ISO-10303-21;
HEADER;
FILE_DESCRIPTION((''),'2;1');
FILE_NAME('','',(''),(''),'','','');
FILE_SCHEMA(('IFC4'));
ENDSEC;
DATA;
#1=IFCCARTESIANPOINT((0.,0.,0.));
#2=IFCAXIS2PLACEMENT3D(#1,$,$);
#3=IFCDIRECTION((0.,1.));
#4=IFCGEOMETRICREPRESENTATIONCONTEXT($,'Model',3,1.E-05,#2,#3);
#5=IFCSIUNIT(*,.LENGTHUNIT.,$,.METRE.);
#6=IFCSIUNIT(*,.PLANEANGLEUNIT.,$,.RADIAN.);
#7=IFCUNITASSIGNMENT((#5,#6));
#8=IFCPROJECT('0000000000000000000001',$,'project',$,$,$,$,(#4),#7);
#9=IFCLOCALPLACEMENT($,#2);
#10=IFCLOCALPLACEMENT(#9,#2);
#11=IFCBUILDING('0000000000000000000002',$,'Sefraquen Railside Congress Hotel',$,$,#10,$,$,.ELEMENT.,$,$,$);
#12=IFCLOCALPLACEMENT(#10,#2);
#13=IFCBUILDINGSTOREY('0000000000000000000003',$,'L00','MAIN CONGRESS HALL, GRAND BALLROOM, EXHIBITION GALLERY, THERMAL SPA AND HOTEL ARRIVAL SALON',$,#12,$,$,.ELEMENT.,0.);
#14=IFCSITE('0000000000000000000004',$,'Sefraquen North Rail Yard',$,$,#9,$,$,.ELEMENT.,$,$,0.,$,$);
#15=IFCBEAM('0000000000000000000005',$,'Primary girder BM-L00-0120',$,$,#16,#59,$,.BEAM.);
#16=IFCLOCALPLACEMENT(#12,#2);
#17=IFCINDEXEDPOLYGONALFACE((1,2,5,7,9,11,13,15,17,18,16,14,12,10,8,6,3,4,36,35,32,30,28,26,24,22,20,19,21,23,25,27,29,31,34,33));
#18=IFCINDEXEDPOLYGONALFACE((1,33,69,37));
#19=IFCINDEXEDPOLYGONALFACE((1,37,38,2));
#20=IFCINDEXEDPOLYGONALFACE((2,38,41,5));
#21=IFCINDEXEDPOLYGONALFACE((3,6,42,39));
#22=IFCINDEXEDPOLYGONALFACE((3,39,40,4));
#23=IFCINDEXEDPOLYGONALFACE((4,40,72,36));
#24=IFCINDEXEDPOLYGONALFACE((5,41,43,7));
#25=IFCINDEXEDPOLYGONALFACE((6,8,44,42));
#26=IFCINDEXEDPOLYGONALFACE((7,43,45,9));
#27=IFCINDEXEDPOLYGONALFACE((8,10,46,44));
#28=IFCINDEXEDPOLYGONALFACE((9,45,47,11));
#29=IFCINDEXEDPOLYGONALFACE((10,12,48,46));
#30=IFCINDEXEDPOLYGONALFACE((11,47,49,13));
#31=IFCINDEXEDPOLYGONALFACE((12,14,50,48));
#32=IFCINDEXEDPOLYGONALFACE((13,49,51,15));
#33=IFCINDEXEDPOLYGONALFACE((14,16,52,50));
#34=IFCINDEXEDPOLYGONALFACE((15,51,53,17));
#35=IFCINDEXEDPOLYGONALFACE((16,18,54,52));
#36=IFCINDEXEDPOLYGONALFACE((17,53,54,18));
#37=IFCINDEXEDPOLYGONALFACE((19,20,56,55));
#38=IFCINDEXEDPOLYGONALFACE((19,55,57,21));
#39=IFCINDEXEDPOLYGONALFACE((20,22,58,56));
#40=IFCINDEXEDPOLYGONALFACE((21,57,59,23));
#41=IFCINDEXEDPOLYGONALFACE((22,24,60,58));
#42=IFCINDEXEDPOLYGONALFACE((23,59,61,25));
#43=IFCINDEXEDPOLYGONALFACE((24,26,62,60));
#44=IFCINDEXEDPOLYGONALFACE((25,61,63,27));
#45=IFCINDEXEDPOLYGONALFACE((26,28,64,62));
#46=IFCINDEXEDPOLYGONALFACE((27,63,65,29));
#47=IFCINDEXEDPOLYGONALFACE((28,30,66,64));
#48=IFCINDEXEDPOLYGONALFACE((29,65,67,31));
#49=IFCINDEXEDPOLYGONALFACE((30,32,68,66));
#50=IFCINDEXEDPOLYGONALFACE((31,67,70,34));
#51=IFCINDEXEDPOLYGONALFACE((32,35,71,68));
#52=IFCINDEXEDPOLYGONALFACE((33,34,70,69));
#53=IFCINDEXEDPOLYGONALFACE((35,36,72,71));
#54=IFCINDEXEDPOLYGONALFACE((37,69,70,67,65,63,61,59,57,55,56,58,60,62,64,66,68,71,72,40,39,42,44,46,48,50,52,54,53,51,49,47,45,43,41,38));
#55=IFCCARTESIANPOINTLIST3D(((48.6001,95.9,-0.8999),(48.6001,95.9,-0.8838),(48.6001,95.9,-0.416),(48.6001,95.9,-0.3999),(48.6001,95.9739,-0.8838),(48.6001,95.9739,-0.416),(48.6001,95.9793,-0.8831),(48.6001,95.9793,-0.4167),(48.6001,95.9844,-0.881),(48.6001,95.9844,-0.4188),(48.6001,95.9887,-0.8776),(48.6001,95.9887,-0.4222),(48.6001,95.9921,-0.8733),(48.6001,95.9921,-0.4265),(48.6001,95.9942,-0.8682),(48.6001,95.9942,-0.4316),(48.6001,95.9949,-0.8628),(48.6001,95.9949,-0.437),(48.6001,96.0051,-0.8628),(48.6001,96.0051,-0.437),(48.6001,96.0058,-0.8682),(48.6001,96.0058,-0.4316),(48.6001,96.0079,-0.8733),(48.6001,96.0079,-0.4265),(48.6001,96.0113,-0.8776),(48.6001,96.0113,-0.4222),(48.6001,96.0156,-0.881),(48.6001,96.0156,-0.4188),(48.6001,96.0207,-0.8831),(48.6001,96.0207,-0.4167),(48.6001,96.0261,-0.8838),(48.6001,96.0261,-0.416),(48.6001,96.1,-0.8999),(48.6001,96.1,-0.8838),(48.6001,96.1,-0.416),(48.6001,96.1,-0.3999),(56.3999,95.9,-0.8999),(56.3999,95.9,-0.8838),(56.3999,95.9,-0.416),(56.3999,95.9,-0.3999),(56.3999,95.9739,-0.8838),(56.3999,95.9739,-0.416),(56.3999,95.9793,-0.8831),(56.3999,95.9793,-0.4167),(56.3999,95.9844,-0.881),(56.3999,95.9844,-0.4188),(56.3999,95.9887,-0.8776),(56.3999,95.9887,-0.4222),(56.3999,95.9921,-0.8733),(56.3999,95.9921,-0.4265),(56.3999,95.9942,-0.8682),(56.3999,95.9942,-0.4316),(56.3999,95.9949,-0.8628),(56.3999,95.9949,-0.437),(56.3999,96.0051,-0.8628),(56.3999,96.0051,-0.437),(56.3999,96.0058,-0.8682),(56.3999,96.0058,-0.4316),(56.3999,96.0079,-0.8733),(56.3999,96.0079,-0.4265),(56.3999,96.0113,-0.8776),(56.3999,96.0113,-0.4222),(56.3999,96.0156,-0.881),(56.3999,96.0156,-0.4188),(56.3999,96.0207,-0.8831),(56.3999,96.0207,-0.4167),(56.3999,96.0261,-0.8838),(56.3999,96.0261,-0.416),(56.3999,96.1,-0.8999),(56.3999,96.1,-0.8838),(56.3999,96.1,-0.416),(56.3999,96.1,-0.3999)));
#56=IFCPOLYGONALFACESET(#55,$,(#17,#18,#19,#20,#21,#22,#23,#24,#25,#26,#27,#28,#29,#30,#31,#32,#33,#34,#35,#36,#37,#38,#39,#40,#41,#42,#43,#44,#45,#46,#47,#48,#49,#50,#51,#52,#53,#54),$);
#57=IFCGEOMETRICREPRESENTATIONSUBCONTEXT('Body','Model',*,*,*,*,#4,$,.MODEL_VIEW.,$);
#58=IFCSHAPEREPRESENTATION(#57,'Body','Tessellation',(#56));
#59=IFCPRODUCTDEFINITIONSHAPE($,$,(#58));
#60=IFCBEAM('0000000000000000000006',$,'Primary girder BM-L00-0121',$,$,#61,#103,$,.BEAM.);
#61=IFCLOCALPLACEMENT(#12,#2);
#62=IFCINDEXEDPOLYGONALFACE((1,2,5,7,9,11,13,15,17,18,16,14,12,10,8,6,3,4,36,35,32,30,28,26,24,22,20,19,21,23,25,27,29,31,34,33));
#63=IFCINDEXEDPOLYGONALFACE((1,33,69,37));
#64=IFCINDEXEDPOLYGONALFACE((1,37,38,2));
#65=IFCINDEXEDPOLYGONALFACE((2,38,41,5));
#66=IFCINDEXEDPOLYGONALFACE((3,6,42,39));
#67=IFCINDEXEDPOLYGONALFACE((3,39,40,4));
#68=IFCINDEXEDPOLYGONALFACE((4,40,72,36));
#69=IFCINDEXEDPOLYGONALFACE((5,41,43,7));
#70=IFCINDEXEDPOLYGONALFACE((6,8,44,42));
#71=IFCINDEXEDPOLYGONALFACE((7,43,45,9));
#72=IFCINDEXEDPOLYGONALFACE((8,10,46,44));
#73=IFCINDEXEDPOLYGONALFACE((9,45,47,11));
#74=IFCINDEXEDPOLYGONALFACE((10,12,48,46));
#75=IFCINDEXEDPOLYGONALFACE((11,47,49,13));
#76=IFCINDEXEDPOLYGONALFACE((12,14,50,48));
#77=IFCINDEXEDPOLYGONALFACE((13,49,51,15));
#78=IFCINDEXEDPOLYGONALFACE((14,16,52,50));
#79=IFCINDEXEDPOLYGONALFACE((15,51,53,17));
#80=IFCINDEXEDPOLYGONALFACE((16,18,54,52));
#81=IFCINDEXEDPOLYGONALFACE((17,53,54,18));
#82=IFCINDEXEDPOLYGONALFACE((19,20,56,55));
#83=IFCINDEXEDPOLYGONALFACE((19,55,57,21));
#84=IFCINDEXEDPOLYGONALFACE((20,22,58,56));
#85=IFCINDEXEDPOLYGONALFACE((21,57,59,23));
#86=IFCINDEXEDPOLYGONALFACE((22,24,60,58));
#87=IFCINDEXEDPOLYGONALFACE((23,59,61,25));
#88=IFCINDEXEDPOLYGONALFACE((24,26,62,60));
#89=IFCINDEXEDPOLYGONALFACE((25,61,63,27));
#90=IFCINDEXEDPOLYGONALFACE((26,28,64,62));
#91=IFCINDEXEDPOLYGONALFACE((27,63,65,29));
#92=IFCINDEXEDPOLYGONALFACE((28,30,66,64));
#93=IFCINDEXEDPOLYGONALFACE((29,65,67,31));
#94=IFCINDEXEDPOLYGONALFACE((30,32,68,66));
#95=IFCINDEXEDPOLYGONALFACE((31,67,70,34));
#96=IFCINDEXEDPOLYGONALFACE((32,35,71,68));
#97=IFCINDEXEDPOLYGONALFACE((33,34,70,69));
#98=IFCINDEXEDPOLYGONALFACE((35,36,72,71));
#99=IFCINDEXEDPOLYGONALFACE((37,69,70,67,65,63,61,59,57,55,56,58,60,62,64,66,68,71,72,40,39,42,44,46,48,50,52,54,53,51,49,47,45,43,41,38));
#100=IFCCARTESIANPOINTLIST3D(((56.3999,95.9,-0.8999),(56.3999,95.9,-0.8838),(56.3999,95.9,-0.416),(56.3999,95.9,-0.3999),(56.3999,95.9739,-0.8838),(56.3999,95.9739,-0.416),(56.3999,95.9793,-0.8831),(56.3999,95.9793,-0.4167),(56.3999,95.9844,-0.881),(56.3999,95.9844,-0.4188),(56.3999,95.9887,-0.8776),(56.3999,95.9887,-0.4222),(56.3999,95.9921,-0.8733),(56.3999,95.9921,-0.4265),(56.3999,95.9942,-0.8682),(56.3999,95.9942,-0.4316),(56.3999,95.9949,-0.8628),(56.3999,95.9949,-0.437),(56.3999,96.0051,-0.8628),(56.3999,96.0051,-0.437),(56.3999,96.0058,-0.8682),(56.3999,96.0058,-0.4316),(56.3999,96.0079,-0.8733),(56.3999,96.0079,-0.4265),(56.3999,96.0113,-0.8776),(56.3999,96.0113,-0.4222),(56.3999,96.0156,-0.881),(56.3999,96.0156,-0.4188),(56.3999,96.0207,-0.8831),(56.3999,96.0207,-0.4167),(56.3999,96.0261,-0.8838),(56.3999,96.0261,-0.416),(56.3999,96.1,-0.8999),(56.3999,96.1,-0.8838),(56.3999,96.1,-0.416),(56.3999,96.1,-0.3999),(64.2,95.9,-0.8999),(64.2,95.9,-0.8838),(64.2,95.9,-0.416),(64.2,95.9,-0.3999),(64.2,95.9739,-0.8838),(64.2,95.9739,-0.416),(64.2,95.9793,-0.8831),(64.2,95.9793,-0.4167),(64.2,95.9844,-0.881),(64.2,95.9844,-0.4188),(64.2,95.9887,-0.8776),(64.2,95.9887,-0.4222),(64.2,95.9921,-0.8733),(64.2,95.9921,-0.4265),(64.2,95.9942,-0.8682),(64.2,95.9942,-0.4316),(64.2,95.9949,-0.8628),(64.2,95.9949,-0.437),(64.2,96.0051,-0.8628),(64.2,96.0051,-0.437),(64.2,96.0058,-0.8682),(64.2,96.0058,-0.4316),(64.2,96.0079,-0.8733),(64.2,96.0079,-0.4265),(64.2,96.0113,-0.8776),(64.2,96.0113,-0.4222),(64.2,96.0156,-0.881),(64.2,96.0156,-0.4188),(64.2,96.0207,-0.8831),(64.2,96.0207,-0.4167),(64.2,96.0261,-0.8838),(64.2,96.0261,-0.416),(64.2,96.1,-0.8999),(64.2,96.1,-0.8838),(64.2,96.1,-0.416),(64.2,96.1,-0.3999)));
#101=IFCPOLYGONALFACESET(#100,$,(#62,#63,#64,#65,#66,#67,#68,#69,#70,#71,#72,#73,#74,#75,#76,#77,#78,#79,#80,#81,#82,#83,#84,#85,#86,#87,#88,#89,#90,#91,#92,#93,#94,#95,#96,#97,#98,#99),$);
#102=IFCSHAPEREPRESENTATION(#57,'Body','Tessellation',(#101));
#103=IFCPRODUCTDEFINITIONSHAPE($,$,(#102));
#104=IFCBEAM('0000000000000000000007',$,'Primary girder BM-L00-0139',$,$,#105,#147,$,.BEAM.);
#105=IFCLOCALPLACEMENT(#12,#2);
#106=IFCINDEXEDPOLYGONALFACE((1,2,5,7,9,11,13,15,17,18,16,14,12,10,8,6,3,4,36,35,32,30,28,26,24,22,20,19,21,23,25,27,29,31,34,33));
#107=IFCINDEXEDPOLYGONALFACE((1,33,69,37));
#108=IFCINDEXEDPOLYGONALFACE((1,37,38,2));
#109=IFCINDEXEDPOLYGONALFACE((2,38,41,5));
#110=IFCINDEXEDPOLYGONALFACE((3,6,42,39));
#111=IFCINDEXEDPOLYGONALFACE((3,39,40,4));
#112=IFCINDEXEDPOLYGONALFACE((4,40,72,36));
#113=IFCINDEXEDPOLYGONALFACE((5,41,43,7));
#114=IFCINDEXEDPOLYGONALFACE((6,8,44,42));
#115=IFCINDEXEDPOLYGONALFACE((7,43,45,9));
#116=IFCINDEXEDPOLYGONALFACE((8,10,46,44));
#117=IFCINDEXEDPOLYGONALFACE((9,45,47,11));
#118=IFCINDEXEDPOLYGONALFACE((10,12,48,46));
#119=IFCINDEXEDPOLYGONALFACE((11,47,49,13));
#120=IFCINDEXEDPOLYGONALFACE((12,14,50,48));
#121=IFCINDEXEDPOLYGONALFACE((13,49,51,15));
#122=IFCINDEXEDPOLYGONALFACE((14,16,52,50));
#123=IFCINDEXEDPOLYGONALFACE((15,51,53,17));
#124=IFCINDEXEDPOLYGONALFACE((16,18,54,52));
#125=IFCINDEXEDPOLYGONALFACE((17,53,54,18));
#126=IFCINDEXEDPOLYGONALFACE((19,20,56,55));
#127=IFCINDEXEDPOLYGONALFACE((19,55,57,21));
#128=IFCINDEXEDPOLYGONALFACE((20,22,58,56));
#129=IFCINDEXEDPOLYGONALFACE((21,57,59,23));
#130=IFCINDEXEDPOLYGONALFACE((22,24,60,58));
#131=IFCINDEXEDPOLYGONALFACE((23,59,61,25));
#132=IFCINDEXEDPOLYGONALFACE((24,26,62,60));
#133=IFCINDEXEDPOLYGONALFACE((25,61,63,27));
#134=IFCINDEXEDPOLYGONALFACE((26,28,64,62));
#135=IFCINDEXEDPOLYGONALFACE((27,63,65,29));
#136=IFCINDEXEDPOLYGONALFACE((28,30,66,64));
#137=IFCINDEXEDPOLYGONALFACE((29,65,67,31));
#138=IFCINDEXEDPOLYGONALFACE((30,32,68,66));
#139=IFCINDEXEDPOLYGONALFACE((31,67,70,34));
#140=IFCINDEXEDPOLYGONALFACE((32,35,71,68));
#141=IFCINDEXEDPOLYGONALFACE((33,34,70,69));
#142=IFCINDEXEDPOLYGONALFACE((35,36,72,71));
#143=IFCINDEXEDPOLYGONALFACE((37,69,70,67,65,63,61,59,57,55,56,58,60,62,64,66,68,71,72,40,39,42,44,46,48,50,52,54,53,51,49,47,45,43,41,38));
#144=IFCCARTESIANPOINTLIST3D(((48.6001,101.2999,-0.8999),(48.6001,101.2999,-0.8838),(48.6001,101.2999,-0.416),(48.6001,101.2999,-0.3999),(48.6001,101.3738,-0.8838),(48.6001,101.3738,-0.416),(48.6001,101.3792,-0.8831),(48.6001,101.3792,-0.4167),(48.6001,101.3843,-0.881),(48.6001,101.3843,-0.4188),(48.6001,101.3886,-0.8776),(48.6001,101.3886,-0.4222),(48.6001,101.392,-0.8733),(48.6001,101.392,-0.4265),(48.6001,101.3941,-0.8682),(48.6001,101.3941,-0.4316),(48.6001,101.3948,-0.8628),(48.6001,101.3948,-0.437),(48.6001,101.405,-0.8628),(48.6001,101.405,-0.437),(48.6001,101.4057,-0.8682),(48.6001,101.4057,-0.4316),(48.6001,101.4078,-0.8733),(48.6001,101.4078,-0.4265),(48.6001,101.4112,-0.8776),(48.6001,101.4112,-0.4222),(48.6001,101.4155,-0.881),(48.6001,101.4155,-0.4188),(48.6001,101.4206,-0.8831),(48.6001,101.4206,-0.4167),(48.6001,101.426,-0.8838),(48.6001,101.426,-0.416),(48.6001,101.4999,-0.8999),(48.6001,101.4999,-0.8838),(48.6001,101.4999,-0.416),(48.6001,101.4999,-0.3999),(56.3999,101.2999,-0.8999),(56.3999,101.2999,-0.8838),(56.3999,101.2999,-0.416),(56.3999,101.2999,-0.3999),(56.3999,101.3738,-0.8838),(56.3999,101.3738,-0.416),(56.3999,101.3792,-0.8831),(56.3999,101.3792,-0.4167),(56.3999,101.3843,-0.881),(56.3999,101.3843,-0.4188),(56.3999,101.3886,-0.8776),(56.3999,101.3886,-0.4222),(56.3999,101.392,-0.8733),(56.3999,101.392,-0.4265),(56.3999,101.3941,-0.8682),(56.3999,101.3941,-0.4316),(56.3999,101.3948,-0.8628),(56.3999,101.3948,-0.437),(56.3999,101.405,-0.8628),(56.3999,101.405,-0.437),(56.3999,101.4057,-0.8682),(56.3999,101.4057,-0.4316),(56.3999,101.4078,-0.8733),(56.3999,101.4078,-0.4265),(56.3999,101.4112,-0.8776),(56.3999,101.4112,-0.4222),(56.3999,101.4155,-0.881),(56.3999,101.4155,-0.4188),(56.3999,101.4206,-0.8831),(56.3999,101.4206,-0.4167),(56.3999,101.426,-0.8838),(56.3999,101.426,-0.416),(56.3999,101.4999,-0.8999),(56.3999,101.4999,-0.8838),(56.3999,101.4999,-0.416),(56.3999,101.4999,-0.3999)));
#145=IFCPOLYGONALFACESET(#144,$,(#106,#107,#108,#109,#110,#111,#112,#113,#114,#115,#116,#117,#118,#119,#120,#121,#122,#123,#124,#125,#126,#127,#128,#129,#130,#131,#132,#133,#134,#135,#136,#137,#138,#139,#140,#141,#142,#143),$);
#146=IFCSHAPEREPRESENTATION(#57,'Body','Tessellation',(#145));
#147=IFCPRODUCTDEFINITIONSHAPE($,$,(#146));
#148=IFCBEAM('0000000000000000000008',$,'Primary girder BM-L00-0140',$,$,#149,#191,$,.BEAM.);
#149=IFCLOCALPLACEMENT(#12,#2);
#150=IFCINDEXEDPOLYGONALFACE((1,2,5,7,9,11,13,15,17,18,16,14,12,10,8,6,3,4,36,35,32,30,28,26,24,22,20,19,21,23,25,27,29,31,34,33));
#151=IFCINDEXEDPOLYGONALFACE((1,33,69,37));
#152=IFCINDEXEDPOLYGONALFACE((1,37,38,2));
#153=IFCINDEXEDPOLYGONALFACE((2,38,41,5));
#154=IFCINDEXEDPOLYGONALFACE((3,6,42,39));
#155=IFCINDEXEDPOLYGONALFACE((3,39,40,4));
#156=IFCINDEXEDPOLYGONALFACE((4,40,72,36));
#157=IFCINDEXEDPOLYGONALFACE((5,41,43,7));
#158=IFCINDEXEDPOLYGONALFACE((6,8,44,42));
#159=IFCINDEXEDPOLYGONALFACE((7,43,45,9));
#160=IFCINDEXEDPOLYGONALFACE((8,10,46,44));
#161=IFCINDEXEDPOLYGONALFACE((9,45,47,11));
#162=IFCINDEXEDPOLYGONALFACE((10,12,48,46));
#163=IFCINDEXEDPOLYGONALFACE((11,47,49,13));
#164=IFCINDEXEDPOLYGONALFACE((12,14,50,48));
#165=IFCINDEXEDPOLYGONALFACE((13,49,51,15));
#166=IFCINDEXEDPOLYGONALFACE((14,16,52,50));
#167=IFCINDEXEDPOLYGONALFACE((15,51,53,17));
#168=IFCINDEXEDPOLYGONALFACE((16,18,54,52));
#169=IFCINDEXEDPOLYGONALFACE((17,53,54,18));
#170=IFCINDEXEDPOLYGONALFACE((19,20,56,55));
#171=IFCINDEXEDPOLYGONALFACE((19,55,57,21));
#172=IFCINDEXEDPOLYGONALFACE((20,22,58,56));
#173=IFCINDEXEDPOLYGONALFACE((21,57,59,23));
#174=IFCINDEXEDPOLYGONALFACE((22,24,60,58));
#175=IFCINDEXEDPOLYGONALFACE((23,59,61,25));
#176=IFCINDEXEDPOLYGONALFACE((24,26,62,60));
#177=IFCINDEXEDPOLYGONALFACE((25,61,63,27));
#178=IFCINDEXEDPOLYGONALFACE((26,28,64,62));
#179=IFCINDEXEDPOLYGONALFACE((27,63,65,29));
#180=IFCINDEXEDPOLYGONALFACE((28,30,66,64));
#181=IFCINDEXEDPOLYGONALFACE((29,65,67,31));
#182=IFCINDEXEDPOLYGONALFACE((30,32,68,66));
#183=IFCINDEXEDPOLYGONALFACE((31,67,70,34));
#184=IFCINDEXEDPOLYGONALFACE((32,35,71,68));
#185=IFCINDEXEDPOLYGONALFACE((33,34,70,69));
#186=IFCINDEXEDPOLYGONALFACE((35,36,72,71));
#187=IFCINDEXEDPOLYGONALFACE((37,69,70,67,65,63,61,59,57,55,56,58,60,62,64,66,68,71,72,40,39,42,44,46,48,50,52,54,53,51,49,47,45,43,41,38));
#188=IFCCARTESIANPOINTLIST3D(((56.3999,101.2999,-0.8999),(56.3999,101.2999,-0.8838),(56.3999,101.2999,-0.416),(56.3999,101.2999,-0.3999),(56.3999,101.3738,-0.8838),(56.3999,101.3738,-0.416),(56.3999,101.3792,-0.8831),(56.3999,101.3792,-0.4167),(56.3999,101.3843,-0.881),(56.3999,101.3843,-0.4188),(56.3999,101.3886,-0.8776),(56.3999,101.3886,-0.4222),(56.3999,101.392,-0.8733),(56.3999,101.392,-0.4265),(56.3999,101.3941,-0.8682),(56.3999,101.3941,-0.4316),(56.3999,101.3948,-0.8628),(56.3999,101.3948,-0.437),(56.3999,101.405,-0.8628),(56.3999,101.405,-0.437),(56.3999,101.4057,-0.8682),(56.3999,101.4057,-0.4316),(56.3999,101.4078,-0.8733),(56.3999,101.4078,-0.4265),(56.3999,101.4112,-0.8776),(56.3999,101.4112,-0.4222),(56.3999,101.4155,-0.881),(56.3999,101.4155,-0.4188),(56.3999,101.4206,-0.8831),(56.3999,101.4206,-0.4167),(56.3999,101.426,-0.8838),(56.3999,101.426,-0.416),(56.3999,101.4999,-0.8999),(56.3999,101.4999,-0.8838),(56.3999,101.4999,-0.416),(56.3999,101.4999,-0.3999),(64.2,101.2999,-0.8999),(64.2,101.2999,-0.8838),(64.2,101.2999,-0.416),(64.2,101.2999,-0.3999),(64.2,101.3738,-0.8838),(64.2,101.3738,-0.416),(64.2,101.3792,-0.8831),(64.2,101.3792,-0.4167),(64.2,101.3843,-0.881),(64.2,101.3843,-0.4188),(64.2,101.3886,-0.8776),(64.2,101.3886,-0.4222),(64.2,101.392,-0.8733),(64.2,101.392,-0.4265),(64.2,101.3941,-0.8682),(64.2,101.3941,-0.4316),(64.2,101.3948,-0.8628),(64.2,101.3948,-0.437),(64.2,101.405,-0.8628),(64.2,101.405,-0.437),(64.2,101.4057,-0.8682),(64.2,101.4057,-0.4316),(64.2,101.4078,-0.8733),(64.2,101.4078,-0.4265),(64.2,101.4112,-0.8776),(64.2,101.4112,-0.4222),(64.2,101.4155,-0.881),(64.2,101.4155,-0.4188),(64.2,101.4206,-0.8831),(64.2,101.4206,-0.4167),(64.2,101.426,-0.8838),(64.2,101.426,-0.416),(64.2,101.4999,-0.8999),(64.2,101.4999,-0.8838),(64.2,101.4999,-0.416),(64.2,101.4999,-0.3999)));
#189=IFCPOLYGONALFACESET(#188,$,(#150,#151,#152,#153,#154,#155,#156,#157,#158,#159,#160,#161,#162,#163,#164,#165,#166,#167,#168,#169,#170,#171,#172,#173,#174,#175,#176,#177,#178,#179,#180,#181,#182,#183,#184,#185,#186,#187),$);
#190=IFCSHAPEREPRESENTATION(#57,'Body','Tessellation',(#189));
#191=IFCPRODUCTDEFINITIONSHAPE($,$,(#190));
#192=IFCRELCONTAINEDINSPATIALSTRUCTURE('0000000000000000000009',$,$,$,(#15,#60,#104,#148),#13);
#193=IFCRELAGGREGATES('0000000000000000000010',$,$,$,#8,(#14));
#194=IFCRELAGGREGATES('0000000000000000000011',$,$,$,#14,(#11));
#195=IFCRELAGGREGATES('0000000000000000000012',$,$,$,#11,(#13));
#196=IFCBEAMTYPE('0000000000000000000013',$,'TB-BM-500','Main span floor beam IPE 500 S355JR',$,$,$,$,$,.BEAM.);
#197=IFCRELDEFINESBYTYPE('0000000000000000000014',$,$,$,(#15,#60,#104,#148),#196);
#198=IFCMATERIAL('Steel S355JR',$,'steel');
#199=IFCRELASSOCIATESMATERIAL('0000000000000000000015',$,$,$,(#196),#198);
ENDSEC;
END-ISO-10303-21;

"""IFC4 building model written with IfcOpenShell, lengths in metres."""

from ifc_helpers import new_model, si_unit, direction, frame, origin, origin_2d, place, context, subcontext, project, spatial, i_section, extrude, material, material_profile, profile_set, type_object, element, save


model = new_model("IFC4")

# Units and contexts
model_context = context("Model", 3, precision=1e-05, world=origin(), true_north=direction((0.0, 1.0)))
body_context = subcontext(model_context, "Body", "Model", "MODEL_VIEW")
ifc_project = project(units=[si_unit("LENGTHUNIT", "METRE"), si_unit("PLANEANGLEUNIT", "RADIAN")], contexts=[model_context])

# Site, building, storey
site_placement = place(None, origin())
site = spatial("IfcSite", under=ifc_project, at=site_placement, Name="Sefraquen North Rail Yard", CompositionType="ELEMENT", RefElevation=0.0)
building_placement = place(site_placement, origin())
building = spatial("IfcBuilding", under=site, at=building_placement, Name="Sefraquen Railside Congress Hotel", CompositionType="ELEMENT")
storey_placement = place(building_placement, origin())
storey = spatial("IfcBuildingStorey", under=building, at=storey_placement, Name="L00", Description="MAIN CONGRESS HALL, GRAND BALLROOM, EXHIBITION GALLERY, THERMAL SPA AND HOTEL ARRIVAL SALON", CompositionType="ELEMENT", Elevation=0.0)

# Shared definitions
ifc_material_1 = material(Name="Steel S355JR", Category="steel")

# Beams
ifc_material_profile_1 = material_profile(ifc_material_1, i_section(OverallWidth=0.2, OverallDepth=0.5, WebThickness=0.0103, FlangeThickness=0.0161, FilletRadius=0.021, at=origin_2d()), Name="IPE 500")
ifc_profile_set_1 = profile_set([ifc_material_profile_1], Name="Steel S355JR")
beam_type_1 = type_object("IfcBeamType", Name="TB-BM-500", Description="Main span floor beam IPE 500 S355JR", PredefinedType="BEAM", material=ifc_profile_set_1)
beam_1_placement = place(storey_placement, frame((48.6001, 96.0, -0.6499), z_axis=(1.0, 0.0, 0.0), x_axis=(0.0, 1.0, 0.0)))
element("IfcBeam", 1, at=beam_1_placement, inside=storey, type_object=beam_type_1, Name="Primary girder BM-L00-0120", PredefinedType="BEAM", context=body_context, shape_type="SweptSolid", body=[
    extrude(i_section(OverallWidth=0.2, OverallDepth=0.5, WebThickness=0.0103, FlangeThickness=0.0161, FilletRadius=0.021, at=origin_2d()), origin(), (0.0, 0.0, 1.0), 7.7998),
])
beam_2_placement = place(storey_placement, frame((56.3999, 96.0, -0.6499), z_axis=(1.0, 0.0, 0.0), x_axis=(0.0, 1.0, 0.0)))
element("IfcBeam", 2, at=beam_2_placement, inside=storey, type_object=beam_type_1, Name="Primary girder BM-L00-0121", PredefinedType="BEAM", context=body_context, shape_type="SweptSolid", body=[
    extrude(i_section(OverallWidth=0.2, OverallDepth=0.5, WebThickness=0.0103, FlangeThickness=0.0161, FilletRadius=0.021, at=origin_2d()), origin(), (0.0, 0.0, 1.0), 7.8),
])
beam_3_placement = place(storey_placement, frame((48.6001, 101.3999, -0.6499), z_axis=(1.0, 0.0, 0.0), x_axis=(0.0, 1.0, 0.0)))
element("IfcBeam", 3, at=beam_3_placement, inside=storey, type_object=beam_type_1, Name="Primary girder BM-L00-0139", PredefinedType="BEAM", context=body_context, shape_type="SweptSolid", body=[
    extrude(i_section(OverallWidth=0.2, OverallDepth=0.5, WebThickness=0.0103, FlangeThickness=0.0161, FilletRadius=0.021, at=origin_2d()), origin(), (0.0, 0.0, 1.0), 7.7998),
])
beam_4_placement = place(storey_placement, frame((56.3999, 101.3999, -0.6499), z_axis=(1.0, 0.0, 0.0), x_axis=(0.0, 1.0, 0.0)))
element("IfcBeam", 4, at=beam_4_placement, inside=storey, type_object=beam_type_1, Name="Primary girder BM-L00-0140", PredefinedType="BEAM", context=body_context, shape_type="SweptSolid", body=[
    extrude(i_section(OverallWidth=0.2, OverallDepth=0.5, WebThickness=0.0103, FlangeThickness=0.0161, FilletRadius=0.021, at=origin_2d()), origin(), (0.0, 0.0, 1.0), 7.8),
])

save(model, "model.ifc")
